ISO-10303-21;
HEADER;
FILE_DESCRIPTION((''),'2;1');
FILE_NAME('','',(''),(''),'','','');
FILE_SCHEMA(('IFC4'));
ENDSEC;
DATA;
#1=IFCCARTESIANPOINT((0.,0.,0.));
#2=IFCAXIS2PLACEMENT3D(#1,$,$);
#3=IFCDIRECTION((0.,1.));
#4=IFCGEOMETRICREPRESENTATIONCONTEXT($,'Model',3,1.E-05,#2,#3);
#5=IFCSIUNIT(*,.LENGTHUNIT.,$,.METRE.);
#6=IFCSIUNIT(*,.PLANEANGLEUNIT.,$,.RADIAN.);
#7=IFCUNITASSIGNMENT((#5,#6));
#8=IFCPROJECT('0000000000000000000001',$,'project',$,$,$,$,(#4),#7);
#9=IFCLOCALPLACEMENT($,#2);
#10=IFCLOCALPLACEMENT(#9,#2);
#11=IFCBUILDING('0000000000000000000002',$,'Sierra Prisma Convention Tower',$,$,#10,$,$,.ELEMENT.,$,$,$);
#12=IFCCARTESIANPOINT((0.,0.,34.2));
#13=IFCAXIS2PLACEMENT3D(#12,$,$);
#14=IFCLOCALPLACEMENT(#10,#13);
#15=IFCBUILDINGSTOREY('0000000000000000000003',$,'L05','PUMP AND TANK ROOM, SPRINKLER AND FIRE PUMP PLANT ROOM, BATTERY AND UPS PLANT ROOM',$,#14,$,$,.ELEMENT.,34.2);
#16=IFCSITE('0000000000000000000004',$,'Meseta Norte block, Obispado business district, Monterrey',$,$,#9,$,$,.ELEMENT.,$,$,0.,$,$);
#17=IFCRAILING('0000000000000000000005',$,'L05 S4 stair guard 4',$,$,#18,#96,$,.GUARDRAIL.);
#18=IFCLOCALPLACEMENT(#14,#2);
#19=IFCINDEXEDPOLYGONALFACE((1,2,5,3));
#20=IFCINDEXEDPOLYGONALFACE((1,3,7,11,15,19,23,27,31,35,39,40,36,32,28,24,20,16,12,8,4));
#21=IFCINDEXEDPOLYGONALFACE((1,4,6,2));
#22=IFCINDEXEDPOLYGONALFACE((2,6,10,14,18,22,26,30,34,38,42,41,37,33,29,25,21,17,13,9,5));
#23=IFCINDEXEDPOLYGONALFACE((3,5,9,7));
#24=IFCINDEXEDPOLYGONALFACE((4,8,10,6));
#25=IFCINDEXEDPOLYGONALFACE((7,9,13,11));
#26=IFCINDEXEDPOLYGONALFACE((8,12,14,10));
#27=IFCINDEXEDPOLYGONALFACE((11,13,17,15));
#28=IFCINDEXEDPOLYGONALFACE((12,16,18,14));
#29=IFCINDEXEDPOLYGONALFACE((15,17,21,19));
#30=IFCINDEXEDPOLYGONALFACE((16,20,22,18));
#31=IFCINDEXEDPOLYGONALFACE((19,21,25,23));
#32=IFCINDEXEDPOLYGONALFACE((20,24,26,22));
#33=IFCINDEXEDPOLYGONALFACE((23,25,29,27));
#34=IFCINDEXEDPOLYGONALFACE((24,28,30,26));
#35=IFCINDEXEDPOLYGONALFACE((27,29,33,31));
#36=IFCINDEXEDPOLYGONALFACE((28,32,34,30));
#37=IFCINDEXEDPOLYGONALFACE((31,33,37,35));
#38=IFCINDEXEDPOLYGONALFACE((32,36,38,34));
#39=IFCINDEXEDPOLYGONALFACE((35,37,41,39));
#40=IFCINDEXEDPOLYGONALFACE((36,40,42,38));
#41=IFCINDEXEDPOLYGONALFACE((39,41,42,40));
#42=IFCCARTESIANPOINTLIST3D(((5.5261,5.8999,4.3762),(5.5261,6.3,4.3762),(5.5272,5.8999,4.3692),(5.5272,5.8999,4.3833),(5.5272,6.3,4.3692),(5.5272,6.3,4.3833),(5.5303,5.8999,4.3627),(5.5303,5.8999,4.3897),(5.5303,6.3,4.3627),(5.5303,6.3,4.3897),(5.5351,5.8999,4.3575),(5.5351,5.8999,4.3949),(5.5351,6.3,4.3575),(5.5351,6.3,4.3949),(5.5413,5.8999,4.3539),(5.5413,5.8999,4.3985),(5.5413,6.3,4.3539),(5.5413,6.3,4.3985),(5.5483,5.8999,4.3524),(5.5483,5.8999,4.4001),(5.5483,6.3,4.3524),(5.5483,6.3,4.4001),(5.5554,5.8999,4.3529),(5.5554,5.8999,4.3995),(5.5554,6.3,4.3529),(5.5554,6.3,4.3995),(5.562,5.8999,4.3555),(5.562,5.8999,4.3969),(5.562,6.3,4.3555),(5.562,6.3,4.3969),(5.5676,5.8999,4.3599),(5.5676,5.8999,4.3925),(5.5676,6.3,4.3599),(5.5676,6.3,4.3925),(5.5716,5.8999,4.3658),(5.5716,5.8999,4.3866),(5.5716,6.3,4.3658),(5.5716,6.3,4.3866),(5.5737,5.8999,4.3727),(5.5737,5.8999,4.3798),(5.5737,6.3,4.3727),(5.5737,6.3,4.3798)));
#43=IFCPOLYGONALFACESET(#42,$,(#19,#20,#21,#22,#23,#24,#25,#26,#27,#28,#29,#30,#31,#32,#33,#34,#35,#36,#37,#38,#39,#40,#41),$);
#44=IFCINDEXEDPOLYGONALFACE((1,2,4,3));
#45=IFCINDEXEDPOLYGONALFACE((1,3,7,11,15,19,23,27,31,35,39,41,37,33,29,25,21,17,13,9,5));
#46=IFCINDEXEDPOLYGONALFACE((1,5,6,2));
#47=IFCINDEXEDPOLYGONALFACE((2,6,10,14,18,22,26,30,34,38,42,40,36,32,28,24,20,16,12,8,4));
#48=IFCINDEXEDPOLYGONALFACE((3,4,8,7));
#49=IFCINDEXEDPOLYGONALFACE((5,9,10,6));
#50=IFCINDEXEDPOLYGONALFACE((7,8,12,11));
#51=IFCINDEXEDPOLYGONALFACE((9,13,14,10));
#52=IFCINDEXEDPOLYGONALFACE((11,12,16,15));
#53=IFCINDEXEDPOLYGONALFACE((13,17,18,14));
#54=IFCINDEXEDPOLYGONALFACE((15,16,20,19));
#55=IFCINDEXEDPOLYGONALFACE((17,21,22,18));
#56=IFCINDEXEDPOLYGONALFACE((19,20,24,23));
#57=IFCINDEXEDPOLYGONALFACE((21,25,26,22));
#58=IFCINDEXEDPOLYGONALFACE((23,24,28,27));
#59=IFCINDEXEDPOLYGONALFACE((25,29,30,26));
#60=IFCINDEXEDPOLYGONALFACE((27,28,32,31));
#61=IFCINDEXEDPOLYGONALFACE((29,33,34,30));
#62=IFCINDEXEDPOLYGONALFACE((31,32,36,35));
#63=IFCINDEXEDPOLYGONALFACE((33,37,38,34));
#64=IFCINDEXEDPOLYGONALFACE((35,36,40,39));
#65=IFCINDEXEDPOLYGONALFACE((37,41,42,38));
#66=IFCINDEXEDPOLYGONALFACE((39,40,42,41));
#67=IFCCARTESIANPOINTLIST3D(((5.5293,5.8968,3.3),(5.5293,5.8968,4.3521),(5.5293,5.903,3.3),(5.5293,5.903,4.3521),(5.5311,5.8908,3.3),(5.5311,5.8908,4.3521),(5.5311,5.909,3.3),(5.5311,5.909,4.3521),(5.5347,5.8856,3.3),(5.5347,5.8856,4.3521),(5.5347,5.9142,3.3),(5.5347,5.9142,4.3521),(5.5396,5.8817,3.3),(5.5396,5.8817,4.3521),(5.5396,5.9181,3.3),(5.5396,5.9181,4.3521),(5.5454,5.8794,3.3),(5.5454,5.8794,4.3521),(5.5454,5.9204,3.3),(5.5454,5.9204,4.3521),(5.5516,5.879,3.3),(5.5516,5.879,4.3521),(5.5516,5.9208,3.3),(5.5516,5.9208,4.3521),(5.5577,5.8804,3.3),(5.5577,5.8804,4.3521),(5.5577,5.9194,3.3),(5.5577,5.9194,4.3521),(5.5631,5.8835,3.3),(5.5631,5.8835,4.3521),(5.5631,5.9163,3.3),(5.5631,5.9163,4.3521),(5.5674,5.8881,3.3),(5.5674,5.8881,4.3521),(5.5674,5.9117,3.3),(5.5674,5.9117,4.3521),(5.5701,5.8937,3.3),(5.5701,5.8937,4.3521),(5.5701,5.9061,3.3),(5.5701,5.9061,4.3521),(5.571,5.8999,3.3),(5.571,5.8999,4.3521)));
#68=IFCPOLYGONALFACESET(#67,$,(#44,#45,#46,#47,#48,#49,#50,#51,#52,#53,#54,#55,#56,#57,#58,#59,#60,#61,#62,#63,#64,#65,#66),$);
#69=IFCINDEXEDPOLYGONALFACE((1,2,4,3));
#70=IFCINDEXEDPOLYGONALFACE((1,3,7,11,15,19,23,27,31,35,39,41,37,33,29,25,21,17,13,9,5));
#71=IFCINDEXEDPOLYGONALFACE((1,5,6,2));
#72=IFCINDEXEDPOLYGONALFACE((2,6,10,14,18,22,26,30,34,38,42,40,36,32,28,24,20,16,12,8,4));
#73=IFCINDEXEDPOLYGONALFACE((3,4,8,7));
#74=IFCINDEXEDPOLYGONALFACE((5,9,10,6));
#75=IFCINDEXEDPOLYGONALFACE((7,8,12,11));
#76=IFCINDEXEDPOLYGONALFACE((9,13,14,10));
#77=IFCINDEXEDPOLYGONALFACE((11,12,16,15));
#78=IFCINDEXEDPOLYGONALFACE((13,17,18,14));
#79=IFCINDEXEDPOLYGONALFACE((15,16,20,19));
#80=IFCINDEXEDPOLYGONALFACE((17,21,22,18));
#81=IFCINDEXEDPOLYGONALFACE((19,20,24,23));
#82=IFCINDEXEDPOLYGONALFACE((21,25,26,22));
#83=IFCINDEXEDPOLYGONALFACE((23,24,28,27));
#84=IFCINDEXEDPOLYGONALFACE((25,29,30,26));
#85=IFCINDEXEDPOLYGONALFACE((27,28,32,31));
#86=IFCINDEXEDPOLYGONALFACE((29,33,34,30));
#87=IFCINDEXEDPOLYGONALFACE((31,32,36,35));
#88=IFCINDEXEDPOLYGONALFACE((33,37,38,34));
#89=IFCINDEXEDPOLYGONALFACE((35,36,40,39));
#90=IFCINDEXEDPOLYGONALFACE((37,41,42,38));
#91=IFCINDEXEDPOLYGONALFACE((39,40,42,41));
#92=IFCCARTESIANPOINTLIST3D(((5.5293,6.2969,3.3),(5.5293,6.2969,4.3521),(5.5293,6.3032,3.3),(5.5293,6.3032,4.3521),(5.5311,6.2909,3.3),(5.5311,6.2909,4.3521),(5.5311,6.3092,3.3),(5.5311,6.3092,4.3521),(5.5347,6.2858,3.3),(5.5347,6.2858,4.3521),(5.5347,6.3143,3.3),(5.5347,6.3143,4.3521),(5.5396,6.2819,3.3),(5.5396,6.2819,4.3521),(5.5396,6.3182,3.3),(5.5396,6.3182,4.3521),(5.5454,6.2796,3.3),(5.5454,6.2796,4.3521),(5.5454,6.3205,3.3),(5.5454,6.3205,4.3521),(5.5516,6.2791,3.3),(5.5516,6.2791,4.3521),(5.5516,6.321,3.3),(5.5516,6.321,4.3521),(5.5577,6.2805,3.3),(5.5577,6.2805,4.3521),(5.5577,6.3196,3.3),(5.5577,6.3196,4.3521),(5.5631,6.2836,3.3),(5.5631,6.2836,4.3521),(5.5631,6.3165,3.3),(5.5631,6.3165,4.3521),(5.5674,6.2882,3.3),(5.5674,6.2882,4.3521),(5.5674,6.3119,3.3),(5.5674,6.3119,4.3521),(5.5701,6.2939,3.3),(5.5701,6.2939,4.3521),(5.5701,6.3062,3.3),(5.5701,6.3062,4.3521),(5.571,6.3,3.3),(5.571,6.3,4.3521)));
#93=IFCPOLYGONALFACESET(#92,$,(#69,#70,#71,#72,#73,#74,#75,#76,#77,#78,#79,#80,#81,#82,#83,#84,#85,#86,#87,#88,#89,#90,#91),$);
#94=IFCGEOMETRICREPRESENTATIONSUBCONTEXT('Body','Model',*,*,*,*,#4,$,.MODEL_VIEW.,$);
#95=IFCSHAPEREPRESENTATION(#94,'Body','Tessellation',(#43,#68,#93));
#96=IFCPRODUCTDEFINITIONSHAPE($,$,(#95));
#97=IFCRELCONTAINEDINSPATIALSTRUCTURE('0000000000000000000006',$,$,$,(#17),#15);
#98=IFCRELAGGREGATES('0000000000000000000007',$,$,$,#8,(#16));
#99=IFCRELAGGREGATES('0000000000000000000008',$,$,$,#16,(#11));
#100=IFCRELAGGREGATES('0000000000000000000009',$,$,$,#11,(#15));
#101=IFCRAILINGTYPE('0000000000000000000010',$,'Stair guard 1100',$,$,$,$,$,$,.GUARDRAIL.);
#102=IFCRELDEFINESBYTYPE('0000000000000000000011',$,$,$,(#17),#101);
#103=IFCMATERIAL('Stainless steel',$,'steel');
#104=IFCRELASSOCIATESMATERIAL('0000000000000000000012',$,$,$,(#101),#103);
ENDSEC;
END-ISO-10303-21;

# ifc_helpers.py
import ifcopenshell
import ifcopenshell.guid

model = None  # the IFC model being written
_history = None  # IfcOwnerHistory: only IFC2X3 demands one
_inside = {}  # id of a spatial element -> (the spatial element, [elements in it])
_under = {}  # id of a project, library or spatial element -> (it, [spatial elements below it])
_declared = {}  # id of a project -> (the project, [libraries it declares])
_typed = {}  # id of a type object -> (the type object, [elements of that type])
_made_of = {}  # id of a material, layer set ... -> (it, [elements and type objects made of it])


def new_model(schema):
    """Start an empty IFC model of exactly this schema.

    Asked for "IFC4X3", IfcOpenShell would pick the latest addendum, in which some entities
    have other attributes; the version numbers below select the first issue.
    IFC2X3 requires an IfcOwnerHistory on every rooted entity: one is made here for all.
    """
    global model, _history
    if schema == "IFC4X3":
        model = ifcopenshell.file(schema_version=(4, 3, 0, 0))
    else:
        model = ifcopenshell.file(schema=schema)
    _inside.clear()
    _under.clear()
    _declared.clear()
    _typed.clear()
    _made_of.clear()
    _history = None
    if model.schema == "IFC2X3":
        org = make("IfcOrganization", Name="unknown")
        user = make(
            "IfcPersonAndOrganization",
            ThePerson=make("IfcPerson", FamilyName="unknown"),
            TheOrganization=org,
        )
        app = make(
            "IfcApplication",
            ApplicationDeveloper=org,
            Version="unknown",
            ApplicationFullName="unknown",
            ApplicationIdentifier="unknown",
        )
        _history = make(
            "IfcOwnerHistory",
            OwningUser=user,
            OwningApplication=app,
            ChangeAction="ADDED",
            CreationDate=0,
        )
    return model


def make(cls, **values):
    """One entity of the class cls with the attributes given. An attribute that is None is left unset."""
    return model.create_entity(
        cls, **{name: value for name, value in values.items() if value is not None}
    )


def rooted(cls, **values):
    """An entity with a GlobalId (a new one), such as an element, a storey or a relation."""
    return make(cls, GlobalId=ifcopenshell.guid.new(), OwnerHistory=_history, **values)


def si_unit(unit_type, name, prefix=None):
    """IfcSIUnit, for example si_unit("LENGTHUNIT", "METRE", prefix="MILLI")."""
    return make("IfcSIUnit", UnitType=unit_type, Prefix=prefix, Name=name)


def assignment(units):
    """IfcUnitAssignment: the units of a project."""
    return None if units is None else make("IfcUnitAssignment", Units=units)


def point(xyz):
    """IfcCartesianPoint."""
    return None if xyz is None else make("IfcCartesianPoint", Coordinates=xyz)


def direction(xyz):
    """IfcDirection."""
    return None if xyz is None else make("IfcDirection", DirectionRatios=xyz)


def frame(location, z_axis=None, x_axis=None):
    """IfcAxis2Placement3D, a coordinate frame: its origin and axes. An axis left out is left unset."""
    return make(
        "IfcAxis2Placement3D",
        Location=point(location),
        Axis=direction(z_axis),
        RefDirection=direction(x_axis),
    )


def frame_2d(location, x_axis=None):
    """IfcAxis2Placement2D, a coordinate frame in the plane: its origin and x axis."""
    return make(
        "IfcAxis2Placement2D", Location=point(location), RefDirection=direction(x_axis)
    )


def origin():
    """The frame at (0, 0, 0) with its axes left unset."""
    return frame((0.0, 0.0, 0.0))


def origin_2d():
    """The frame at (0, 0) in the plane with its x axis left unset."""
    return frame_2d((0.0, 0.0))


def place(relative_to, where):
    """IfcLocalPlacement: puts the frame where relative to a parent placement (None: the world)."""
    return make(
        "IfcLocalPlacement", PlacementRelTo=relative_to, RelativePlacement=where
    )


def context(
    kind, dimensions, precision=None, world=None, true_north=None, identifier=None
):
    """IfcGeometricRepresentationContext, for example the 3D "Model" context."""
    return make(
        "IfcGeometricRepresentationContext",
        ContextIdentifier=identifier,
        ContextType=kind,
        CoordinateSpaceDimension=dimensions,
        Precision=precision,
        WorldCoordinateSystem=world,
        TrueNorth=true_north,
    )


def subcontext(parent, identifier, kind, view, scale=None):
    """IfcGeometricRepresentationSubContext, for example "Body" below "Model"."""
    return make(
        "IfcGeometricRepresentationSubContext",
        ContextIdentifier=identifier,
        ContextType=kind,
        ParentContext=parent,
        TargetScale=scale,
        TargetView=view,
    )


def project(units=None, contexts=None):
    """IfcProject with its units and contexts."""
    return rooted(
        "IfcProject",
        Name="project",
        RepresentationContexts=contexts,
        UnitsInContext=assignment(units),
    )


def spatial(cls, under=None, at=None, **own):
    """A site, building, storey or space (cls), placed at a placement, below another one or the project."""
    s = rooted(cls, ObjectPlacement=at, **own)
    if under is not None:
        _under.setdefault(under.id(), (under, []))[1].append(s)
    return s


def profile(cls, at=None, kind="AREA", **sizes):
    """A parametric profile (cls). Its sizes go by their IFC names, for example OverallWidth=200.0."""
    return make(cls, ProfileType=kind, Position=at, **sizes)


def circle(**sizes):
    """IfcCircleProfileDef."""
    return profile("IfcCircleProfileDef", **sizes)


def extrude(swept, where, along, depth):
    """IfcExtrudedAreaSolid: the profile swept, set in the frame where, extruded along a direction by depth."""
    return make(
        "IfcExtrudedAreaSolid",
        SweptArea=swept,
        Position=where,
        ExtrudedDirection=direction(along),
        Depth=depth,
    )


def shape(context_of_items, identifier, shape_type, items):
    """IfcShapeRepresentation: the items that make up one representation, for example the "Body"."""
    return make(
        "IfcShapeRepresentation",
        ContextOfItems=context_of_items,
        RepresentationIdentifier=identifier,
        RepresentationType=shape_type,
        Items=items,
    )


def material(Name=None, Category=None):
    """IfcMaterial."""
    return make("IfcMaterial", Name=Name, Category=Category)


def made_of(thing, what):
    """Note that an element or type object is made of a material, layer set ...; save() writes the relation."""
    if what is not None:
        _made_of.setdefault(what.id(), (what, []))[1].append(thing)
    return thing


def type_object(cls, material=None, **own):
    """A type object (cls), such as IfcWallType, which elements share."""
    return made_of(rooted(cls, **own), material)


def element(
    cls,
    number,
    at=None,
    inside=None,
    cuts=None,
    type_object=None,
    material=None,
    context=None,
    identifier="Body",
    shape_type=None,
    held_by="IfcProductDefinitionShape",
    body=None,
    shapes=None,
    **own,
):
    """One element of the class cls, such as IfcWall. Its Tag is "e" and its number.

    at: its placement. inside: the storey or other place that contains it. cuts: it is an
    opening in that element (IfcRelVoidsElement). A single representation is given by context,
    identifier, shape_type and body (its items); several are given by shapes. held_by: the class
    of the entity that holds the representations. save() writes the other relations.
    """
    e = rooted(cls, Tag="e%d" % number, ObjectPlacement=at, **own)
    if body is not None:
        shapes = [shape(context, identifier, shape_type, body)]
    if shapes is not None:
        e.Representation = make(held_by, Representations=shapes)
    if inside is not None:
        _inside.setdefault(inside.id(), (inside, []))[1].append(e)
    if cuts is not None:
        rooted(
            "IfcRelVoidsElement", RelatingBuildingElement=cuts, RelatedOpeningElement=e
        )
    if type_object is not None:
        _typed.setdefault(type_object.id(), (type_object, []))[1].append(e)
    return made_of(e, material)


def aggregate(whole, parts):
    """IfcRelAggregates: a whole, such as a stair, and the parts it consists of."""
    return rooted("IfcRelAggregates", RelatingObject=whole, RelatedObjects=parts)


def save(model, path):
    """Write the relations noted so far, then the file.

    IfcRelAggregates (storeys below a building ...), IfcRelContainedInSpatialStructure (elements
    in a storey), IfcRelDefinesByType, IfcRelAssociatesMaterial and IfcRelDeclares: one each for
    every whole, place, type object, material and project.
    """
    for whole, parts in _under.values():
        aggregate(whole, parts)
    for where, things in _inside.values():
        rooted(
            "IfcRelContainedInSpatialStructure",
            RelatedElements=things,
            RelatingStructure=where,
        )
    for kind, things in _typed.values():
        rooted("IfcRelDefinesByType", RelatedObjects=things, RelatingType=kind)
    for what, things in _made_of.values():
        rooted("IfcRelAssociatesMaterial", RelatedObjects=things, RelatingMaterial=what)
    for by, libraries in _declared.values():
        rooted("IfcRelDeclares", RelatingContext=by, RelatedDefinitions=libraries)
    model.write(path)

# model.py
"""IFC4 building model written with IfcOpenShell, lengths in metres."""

from ifc_helpers import new_model, si_unit, direction, frame, origin, origin_2d, place, context, subcontext, project, spatial, circle, extrude, material, type_object, element, save


model = new_model("IFC4")

# Units and contexts
model_context = context("Model", 3, precision=1e-05, world=origin(), true_north=direction((0.0, 1.0)))
body_context = subcontext(model_context, "Body", "Model", "MODEL_VIEW")
ifc_project = project(units=[si_unit("LENGTHUNIT", "METRE"), si_unit("PLANEANGLEUNIT", "RADIAN")], contexts=[model_context])

# Site, building, storey
site_placement = place(None, origin())
site = spatial("IfcSite", under=ifc_project, at=site_placement, Name="Meseta Norte block, Obispado business district, Monterrey", CompositionType="ELEMENT", RefElevation=0.0)
building_placement = place(site_placement, origin())
building = spatial("IfcBuilding", under=site, at=building_placement, Name="Sierra Prisma Convention Tower", CompositionType="ELEMENT")
storey_placement = place(building_placement, frame((0.0, 0.0, 34.2)))
storey = spatial("IfcBuildingStorey", under=building, at=storey_placement, Name="L05", Description="PUMP AND TANK ROOM, SPRINKLER AND FIRE PUMP PLANT ROOM, BATTERY AND UPS PLANT ROOM", CompositionType="ELEMENT", Elevation=34.2)

# Railing
ifc_material_1 = material(Name="Stainless steel", Category="steel")
railing_type_1 = type_object("IfcRailingType", Name="Stair guard 1100", PredefinedType="GUARDRAIL", material=ifc_material_1)
railing_1_placement = place(storey_placement, frame((5.55, 5.8999, 3.3)))
element("IfcRailing", 1, at=railing_1_placement, inside=storey, type_object=railing_type_1, Name="L05 S4 stair guard 4", PredefinedType="GUARDRAIL", context=body_context, shape_type="SweptSolid", body=[
    extrude(circle(Radius=0.0239, at=origin_2d()), frame((0.0, 0.0, 1.0762), z_axis=(0.0, 1.0, 0.0), x_axis=(-1.0, 0.0, 0.0)), (0.0, 0.0, 1.0), 0.4001),
    extrude(circle(Radius=0.021, at=origin_2d()), origin(), (0.0, 0.0, 1.0), 1.052),
    extrude(circle(Radius=0.021, at=origin_2d()), frame((0.0, 0.4001, 0.0)), (0.0, 0.0, 1.0), 1.052),
])

save(model, "model.ifc")
